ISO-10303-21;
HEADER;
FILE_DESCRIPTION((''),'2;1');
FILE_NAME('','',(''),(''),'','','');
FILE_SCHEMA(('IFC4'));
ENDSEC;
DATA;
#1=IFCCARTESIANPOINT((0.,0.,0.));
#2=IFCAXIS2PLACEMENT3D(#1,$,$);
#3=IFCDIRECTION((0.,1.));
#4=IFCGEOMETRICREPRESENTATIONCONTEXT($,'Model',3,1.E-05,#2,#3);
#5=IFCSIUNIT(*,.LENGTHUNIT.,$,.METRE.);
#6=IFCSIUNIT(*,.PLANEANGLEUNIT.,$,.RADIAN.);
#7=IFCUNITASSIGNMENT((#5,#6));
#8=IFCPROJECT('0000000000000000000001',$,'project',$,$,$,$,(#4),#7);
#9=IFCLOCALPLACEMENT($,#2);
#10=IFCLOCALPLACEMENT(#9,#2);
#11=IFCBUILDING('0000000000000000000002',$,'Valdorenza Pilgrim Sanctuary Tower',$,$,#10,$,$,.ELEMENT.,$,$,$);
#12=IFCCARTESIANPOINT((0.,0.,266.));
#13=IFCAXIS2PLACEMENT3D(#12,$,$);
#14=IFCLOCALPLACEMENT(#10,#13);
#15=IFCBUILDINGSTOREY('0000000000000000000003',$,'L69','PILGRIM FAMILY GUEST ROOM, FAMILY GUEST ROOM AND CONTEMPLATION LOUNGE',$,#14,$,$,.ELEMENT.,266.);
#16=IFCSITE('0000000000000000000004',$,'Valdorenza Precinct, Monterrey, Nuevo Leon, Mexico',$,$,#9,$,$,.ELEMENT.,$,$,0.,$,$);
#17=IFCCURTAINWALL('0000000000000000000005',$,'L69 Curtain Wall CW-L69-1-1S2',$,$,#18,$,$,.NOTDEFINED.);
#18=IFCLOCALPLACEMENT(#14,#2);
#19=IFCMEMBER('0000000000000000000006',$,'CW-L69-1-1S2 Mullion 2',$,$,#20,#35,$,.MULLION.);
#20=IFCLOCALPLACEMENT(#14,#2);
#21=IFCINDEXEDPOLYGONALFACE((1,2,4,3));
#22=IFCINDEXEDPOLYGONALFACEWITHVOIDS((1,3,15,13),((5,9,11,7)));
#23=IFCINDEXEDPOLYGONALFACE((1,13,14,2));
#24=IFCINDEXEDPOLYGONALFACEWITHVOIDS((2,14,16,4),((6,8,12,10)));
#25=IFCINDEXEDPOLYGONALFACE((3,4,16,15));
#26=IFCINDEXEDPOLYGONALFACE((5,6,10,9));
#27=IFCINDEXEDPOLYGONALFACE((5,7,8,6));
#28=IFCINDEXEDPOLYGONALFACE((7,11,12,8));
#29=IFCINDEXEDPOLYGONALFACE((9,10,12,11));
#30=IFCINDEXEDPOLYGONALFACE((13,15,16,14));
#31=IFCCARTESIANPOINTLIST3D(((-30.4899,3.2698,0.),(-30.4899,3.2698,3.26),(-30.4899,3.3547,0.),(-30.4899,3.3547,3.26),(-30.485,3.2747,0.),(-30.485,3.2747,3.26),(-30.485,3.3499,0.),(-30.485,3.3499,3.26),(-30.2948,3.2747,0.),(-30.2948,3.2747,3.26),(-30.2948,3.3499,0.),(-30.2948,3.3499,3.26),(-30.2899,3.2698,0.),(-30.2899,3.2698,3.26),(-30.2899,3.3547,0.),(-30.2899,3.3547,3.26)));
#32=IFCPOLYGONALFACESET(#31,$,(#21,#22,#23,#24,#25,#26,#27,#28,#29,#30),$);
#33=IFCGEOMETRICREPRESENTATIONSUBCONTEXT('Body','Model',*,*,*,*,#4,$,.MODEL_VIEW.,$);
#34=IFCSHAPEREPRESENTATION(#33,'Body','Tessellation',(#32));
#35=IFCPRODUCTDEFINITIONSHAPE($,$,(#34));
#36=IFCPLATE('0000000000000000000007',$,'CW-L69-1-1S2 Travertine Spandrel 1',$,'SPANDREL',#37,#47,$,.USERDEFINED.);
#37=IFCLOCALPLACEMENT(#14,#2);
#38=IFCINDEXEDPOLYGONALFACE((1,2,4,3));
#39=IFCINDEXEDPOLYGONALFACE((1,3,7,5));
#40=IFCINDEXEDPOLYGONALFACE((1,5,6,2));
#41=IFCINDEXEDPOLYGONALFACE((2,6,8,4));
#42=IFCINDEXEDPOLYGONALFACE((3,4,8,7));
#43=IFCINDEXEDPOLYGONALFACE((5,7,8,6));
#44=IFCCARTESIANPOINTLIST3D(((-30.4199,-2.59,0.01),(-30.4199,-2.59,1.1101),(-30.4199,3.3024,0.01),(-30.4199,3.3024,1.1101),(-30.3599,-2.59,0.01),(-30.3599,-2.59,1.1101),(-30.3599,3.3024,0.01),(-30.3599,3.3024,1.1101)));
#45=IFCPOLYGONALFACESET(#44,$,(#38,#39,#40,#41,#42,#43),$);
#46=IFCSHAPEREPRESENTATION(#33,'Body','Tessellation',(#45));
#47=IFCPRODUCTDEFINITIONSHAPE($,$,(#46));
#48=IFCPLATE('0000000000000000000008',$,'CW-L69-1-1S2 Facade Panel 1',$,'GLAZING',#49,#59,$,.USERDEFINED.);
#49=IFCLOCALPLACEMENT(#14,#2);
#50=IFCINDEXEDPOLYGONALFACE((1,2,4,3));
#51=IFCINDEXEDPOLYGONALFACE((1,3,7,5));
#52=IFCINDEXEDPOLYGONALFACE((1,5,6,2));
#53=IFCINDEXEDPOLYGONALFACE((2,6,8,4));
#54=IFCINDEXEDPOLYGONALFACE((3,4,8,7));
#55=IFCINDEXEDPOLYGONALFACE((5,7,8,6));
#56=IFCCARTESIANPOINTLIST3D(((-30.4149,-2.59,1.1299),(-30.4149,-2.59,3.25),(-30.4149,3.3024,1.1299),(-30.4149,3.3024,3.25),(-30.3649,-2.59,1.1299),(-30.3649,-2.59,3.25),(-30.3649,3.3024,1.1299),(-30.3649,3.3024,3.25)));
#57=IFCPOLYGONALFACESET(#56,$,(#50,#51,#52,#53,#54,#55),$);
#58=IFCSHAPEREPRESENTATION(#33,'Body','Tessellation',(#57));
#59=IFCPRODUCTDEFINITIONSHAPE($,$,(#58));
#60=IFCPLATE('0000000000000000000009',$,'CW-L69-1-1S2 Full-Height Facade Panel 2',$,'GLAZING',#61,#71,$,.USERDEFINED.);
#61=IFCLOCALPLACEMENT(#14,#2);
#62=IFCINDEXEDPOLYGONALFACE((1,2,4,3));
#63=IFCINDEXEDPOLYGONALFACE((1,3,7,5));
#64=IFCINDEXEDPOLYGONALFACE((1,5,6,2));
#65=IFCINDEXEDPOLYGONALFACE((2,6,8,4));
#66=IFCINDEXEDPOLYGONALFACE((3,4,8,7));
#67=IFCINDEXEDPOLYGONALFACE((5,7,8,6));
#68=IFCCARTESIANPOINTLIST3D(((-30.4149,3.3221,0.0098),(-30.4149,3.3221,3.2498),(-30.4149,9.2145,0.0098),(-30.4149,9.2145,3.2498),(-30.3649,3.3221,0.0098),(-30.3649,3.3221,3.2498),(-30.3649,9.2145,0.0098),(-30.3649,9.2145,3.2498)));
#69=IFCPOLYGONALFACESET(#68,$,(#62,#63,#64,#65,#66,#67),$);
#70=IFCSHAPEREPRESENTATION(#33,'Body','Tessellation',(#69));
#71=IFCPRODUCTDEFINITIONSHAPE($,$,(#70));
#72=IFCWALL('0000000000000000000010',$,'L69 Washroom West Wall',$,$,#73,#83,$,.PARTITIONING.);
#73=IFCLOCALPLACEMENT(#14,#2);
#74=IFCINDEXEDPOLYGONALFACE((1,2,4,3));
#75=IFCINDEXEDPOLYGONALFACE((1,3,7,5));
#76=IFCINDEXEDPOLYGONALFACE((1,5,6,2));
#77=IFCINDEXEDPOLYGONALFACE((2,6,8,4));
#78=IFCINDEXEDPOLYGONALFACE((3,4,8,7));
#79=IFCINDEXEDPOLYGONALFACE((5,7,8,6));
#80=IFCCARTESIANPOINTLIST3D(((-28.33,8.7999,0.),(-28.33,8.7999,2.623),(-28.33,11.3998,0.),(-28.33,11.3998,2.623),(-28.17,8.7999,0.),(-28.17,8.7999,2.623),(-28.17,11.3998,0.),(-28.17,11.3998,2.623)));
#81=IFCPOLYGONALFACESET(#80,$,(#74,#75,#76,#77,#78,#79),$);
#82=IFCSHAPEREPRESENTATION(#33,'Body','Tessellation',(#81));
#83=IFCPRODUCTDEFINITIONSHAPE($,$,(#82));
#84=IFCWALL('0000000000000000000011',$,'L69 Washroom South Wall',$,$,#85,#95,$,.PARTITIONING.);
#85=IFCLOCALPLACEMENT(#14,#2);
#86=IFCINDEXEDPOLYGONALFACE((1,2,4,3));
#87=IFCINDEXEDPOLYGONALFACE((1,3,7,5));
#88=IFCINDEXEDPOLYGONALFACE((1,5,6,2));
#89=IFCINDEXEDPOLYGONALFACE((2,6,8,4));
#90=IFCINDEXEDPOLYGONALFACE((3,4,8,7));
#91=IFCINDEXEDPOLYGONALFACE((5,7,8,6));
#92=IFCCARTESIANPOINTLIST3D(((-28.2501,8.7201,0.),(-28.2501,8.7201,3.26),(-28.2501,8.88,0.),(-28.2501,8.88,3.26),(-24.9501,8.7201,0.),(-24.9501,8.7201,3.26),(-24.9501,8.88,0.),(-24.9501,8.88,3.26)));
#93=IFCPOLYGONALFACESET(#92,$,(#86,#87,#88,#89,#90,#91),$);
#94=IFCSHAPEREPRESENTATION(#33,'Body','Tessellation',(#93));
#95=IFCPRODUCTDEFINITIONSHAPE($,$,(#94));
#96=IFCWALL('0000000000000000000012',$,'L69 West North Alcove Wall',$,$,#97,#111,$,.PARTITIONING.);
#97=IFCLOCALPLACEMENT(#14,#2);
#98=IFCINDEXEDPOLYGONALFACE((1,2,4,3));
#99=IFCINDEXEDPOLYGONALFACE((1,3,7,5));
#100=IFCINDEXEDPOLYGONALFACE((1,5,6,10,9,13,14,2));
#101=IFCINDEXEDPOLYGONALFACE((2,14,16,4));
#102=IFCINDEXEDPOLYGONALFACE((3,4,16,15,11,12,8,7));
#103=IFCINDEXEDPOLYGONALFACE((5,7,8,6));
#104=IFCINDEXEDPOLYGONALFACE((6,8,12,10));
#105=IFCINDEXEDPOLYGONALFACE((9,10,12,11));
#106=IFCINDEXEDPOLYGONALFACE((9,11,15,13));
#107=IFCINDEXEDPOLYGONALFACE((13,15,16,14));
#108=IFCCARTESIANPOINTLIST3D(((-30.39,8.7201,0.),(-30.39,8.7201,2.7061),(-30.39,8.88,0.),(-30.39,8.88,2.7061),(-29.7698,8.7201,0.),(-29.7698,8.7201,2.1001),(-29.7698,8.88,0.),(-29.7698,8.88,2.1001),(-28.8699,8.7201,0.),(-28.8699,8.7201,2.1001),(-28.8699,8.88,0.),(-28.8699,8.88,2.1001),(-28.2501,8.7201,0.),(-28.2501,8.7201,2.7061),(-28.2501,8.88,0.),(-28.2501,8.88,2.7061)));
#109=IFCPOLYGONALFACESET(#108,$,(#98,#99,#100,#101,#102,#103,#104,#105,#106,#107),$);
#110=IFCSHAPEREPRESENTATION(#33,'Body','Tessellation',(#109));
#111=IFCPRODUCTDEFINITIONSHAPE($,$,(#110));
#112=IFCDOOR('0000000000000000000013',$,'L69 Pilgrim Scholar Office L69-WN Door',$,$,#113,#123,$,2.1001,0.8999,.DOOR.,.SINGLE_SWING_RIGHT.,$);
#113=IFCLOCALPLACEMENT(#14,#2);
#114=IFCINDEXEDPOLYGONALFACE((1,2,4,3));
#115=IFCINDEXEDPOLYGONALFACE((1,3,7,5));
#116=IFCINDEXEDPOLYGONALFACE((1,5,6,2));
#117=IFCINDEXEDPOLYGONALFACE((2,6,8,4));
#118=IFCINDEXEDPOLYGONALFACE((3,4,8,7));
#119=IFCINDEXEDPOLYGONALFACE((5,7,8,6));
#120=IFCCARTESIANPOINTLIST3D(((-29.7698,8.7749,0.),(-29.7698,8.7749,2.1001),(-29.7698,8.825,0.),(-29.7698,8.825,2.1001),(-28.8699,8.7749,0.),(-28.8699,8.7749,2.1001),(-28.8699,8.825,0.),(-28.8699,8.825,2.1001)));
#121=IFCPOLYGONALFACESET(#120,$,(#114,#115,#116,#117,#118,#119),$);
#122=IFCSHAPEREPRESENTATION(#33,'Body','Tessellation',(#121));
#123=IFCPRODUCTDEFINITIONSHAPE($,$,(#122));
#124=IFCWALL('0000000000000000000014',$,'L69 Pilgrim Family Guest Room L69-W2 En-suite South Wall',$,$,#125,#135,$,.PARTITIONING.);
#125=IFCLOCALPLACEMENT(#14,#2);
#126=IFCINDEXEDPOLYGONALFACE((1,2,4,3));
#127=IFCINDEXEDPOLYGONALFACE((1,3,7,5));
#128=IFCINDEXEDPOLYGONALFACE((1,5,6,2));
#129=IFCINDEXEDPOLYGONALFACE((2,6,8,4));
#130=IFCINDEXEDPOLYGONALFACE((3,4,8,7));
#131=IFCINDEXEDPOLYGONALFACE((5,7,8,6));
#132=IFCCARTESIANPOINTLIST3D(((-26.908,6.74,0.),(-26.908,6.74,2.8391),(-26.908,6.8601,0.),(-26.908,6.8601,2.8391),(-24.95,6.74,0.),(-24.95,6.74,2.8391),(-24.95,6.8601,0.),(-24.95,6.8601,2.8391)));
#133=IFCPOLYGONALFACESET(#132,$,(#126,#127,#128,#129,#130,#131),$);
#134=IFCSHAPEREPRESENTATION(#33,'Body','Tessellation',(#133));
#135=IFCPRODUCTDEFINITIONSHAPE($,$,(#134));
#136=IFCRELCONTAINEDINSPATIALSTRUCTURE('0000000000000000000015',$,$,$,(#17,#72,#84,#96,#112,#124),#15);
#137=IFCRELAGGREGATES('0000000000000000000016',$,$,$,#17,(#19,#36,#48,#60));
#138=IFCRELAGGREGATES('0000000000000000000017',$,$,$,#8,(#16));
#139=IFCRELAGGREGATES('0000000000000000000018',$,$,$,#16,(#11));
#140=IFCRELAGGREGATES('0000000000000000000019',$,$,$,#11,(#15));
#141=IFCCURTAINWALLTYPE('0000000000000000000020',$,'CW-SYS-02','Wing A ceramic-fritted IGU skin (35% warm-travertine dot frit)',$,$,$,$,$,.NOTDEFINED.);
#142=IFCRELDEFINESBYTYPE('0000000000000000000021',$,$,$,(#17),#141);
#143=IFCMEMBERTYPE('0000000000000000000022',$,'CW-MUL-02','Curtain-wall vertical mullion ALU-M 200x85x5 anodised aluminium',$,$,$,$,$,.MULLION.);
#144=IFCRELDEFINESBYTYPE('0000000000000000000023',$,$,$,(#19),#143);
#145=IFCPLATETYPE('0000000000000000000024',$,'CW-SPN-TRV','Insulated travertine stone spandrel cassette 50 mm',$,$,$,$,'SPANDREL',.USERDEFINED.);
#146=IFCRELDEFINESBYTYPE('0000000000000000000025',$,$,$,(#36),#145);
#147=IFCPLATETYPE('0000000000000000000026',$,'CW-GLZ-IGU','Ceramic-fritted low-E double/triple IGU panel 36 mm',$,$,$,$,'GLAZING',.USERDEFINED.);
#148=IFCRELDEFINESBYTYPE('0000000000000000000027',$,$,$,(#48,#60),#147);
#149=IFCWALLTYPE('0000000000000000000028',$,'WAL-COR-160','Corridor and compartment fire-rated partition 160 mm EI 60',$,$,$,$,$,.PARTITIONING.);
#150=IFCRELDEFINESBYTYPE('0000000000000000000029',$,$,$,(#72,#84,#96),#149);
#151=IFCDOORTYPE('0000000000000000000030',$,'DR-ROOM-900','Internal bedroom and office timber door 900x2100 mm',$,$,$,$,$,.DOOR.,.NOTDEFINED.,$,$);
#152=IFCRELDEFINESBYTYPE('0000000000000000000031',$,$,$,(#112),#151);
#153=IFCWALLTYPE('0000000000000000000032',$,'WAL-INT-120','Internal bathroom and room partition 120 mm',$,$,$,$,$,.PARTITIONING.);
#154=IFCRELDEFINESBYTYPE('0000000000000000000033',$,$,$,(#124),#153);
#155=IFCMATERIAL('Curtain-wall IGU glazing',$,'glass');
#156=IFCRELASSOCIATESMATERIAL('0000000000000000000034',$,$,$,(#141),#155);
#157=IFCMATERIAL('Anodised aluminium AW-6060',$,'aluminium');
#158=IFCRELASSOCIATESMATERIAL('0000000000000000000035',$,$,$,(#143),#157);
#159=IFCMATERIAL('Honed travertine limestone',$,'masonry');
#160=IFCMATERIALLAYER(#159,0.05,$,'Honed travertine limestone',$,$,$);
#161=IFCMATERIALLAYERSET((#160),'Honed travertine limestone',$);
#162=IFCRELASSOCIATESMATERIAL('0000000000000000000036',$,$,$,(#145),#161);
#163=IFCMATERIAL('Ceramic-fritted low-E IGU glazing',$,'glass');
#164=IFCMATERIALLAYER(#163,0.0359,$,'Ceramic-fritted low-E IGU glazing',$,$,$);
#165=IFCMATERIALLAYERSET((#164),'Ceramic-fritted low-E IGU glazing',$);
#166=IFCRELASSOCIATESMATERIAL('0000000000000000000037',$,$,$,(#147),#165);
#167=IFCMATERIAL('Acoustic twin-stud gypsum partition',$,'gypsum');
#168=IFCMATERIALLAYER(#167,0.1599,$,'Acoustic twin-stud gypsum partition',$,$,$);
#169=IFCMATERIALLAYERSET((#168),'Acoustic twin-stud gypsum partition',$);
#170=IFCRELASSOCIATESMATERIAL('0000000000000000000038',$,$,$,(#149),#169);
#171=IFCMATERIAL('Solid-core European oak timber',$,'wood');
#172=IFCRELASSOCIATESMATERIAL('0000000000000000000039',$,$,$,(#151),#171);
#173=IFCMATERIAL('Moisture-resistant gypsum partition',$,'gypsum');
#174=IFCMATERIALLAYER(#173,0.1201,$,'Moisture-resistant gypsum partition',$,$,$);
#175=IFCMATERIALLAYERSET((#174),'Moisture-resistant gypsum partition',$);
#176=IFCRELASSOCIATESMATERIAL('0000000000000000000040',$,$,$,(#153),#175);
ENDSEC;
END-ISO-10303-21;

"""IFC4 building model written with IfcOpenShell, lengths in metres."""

from ifc_helpers import new_model, si_unit, direction, frame, frame_2d, origin, origin_2d, place, context, subcontext, project, spatial, rectangle, hollow_rectangle, extrude, source, transform, mapped, material, layer, layer_set, material_profile, profile_set, type_object, element, fill, aggregate, save


model = new_model("IFC4")

# Units and contexts
model_context = context("Model", 3, precision=1e-05, world=origin(), true_north=direction((0.0, 1.0)))
body_context = subcontext(model_context, "Body", "Model", "MODEL_VIEW")
ifc_project = project(units=[si_unit("LENGTHUNIT", "METRE"), si_unit("PLANEANGLEUNIT", "RADIAN")], contexts=[model_context])

# Site, building, storey
site_placement = place(None, origin())
site = spatial("IfcSite", under=ifc_project, at=site_placement, Name="Valdorenza Precinct, Monterrey, Nuevo Leon, Mexico", CompositionType="ELEMENT", RefElevation=0.0)
building_placement = place(site_placement, origin())
building = spatial("IfcBuilding", under=site, at=building_placement, Name="Valdorenza Pilgrim Sanctuary Tower", CompositionType="ELEMENT")
storey_placement = place(building_placement, frame((0.0, 0.0, 266.0)))
storey = spatial("IfcBuildingStorey", under=building, at=storey_placement, Name="L69", Description="PILGRIM FAMILY GUEST ROOM, FAMILY GUEST ROOM AND CONTEMPLATION LOUNGE", CompositionType="ELEMENT", Elevation=266.0)

# Curtain wall, member, plates
ifc_material_1 = material(Name="Curtain-wall IGU glazing", Category="glass")
curtain_wall_type = type_object("IfcCurtainWallType", Name="CW-SYS-02", Description="Wing A ceramic-fritted IGU skin (35% warm-travertine dot frit)", PredefinedType="NOTDEFINED", material=ifc_material_1)
curtain_wall_placement = place(storey_placement, origin())
curtain_wall = element("IfcCurtainWall", 1, at=curtain_wall_placement, inside=storey, type_object=curtain_wall_type, Name="L69 Curtain Wall CW-L69-1-1S2", PredefinedType="NOTDEFINED")
ifc_material_2 = material(Name="Anodised aluminium AW-6060", Category="aluminium")
ifc_material_profile_1 = material_profile(ifc_material_2, hollow_rectangle(XDim=0.085, YDim=0.2, WallThickness=0.0049, at=origin_2d()), Name="ALU-M 200x85x5")
ifc_profile_set_1 = profile_set([ifc_material_profile_1], Name="Anodised aluminium AW-6060")
member_type = type_object("IfcMemberType", Name="CW-MUL-02", Description="Curtain-wall vertical mullion ALU-M 200x85x5 anodised aluminium", PredefinedType="MULLION", material=ifc_profile_set_1)
shared_shape_1 = source(origin(), body_context, "Body", "SweptSolid", [
    extrude(hollow_rectangle(XDim=0.085, YDim=0.2, WallThickness=0.0049, at=origin_2d()), origin(), (0.0, 0.0, 1.0), 3.26),
])
member_placement = place(storey_placement, frame((-30.3899, 3.3123, 0.0), z_axis=(0.0, 0.0, 1.0), x_axis=(0.0, 1.0, 0.0)))
member = element("IfcMember", 2, at=member_placement, type_object=member_type, Name="CW-L69-1-1S2 Mullion 2", PredefinedType="MULLION", context=body_context, shape_type="MappedRepresentation", body=[
    mapped(shared_shape_1, transform((0.0, 0.0, 0.0), x_axis=(1.0, 0.0, 0.0), y_axis=(0.0, 1.0, 0.0), z_axis=(0.0, 0.0, 1.0), scale=1.0)),
])
ifc_material_3 = material(Name="Honed travertine limestone", Category="masonry")
ifc_layer_1 = layer(ifc_material_3, 0.05, Name="Honed travertine limestone")
ifc_layer_set_1 = layer_set([ifc_layer_1], Name="Honed travertine limestone")
plate_type_1 = type_object("IfcPlateType", Name="CW-SPN-TRV", Description="Insulated travertine stone spandrel cassette 50 mm", ElementType="SPANDREL", PredefinedType="USERDEFINED", material=ifc_layer_set_1)
shared_shape_2 = source(origin(), body_context, "Body", "SweptSolid", [
    extrude(rectangle(XDim=5.8923, YDim=0.0601, at=origin_2d()), origin(), (0.0, 0.0, 1.0), 1.1001),
])
plate_1_placement = place(storey_placement, frame((-30.3899, 0.3562, 0.01), z_axis=(0.0, 0.0, 1.0), x_axis=(0.0, 1.0, 0.0)))
plate_1 = element("IfcPlate", 3, at=plate_1_placement, type_object=plate_type_1, Name="CW-L69-1-1S2 Travertine Spandrel 1", ObjectType="SPANDREL", PredefinedType="USERDEFINED", context=body_context, shape_type="MappedRepresentation", body=[
    mapped(shared_shape_2, transform((0.0, 0.0, 0.0), x_axis=(1.0, 0.0, 0.0), y_axis=(0.0, 1.0, 0.0), z_axis=(0.0, 0.0, 1.0), scale=1.0)),
])
ifc_material_4 = material(Name="Ceramic-fritted low-E IGU glazing", Category="glass")
ifc_layer_2 = layer(ifc_material_4, 0.0359, Name="Ceramic-fritted low-E IGU glazing")
ifc_layer_set_2 = layer_set([ifc_layer_2], Name="Ceramic-fritted low-E IGU glazing")
plate_type_2 = type_object("IfcPlateType", Name="CW-GLZ-IGU", Description="Ceramic-fritted low-E double/triple IGU panel 36 mm", ElementType="GLAZING", PredefinedType="USERDEFINED", material=ifc_layer_set_2)
shared_shape_3 = source(origin(), body_context, "Body", "SweptSolid", [
    extrude(rectangle(XDim=5.8923, YDim=0.05, at=origin_2d()), origin(), (0.0, 0.0, 1.0), 2.1201),
])
plate_2_placement = place(storey_placement, frame((-30.3899, 0.3562, 1.1299), z_axis=(0.0, 0.0, 1.0), x_axis=(0.0, 1.0, 0.0)))
plate_2 = element("IfcPlate", 4, at=plate_2_placement, type_object=plate_type_2, Name="CW-L69-1-1S2 Facade Panel 1", ObjectType="GLAZING", PredefinedType="USERDEFINED", context=body_context, shape_type="MappedRepresentation", body=[
    mapped(shared_shape_3, transform((0.0, 0.0, 0.0), x_axis=(1.0, 0.0, 0.0), y_axis=(0.0, 1.0, 0.0), z_axis=(0.0, 0.0, 1.0), scale=1.0)),
])
shared_shape_4 = source(origin(), body_context, "Body", "SweptSolid", [
    extrude(rectangle(XDim=5.8923, YDim=0.05, at=origin_2d()), origin(), (0.0, 0.0, 1.0), 3.24),
])
plate_3_placement = place(storey_placement, frame((-30.3899, 6.2683, 0.0098), z_axis=(0.0, 0.0, 1.0), x_axis=(0.0, 1.0, 0.0)))
plate_3 = element("IfcPlate", 5, at=plate_3_placement, type_object=plate_type_2, Name="CW-L69-1-1S2 Full-Height Facade Panel 2", ObjectType="GLAZING", PredefinedType="USERDEFINED", context=body_context, shape_type="MappedRepresentation", body=[
    mapped(shared_shape_4, transform((0.0, 0.0, 0.0), x_axis=(1.0, 0.0, 0.0), y_axis=(0.0, 1.0, 0.0), z_axis=(0.0, 0.0, 1.0), scale=1.0)),
])
aggregate(curtain_wall, [member, plate_1, plate_2, plate_3])

# Walls
ifc_material_5 = material(Name="Acoustic twin-stud gypsum partition", Category="gypsum")
ifc_layer_3 = layer(ifc_material_5, 0.1599, Name="Acoustic twin-stud gypsum partition")
ifc_layer_set_3 = layer_set([ifc_layer_3], Name="Acoustic twin-stud gypsum partition")
wall_type_1 = type_object("IfcWallType", Name="WAL-COR-160", Description="Corridor and compartment fire-rated partition 160 mm EI 60", PredefinedType="PARTITIONING", material=ifc_layer_set_3)
wall_1_placement = place(storey_placement, frame((-28.25, 8.8, 0.0), z_axis=(0.0, 0.0, 1.0), x_axis=(0.0, 1.0, 0.0)))
element("IfcWall", 6, at=wall_1_placement, inside=storey, type_object=wall_type_1, Name="L69 Washroom West Wall", PredefinedType="PARTITIONING", context=body_context, shape_type="SweptSolid", body=[
    extrude(rectangle(XDim=2.5999, YDim=0.1599, at=frame_2d((1.2998, 0.0))), origin(), (0.0, 0.0, 1.0), 2.623),
])
wall_2_placement = place(storey_placement, frame((-28.25, 8.8, 0.0), z_axis=(0.0, 0.0, 1.0), x_axis=(1.0, 0.0, 0.0)))
element("IfcWall", 7, at=wall_2_placement, inside=storey, type_object=wall_type_1, Name="L69 Washroom South Wall", PredefinedType="PARTITIONING", context=body_context, shape_type="SweptSolid", body=[
    extrude(rectangle(XDim=3.3, YDim=0.1599, at=frame_2d((1.6499, 0.0))), origin(), (0.0, 0.0, 1.0), 3.26),
])

# Wall, opening, door
wall_3_placement = place(storey_placement, frame((-30.3899, 8.8, 0.0), z_axis=(0.0, 0.0, 1.0), x_axis=(1.0, 0.0, 0.0)))
wall_3 = element("IfcWall", 8, at=wall_3_placement, inside=storey, type_object=wall_type_1, Name="L69 West North Alcove Wall", PredefinedType="PARTITIONING", context=body_context, shape_type="SweptSolid", body=[
    extrude(rectangle(XDim=2.1399, YDim=0.1599, at=frame_2d((1.0698, 0.0))), origin(), (0.0, 0.0, 1.0), 2.7061),
])
opening_placement = place(wall_3_placement, frame((0.6201, 0.0, 0.0)))
opening = element("IfcOpeningElement", 9, at=opening_placement, cuts=wall_3, PredefinedType="OPENING", context=body_context, shape_type="SweptSolid", body=[
    extrude(rectangle(XDim=0.8999, YDim=2.1001, at=frame_2d((0.45, 1.05))), frame((0.0, 0.0947, 0.0), z_axis=(0.0, -1.0, 0.0), x_axis=(1.0, 0.0, 0.0)), (0.0, 0.0, 1.0), 0.1897),
])
ifc_material_6 = material(Name="Solid-core European oak timber", Category="wood")
door_type = type_object("IfcDoorType", Name="DR-ROOM-900", Description="Internal bedroom and office timber door 900x2100 mm", OperationType="NOTDEFINED", PredefinedType="DOOR", material=ifc_material_6)
door_placement = place(opening_placement, origin())
door = element("IfcDoor", 10, at=door_placement, inside=storey, type_object=door_type, Name="L69 Pilgrim Scholar Office L69-WN Door", OperationType="SINGLE_SWING_RIGHT", OverallHeight=2.1001, OverallWidth=0.8999, PredefinedType="DOOR", context=body_context, shape_type="SweptSolid", body=[
    extrude(rectangle(XDim=0.8999, YDim=2.1001, at=frame_2d((0.45, 1.05))), frame((0.0, 0.0249, 0.0), z_axis=(0.0, -1.0, 0.0), x_axis=(1.0, 0.0, 0.0)), (0.0, 0.0, 1.0), 0.05),
])
fill(opening, door)

# Wall
ifc_material_7 = material(Name="Moisture-resistant gypsum partition", Category="gypsum")
ifc_layer_4 = layer(ifc_material_7, 0.1201, Name="Moisture-resistant gypsum partition")
ifc_layer_set_4 = layer_set([ifc_layer_4], Name="Moisture-resistant gypsum partition")
wall_type_2 = type_object("IfcWallType", Name="WAL-INT-120", Description="Internal bathroom and room partition 120 mm", PredefinedType="PARTITIONING", material=ifc_layer_set_4)
wall_4_placement = place(storey_placement, frame((-26.908, 6.8, 0.0), z_axis=(0.0, 0.0, 1.0), x_axis=(1.0, 0.0, 0.0)))
element("IfcWall", 11, at=wall_4_placement, inside=storey, type_object=wall_type_2, Name="L69 Pilgrim Family Guest Room L69-W2 En-suite South Wall", PredefinedType="PARTITIONING", context=body_context, shape_type="SweptSolid", body=[
    extrude(rectangle(XDim=1.958, YDim=0.1201, at=frame_2d((0.979, 0.0))), origin(), (0.0, 0.0, 1.0), 2.8391),
])

save(model, "model.ifc")
